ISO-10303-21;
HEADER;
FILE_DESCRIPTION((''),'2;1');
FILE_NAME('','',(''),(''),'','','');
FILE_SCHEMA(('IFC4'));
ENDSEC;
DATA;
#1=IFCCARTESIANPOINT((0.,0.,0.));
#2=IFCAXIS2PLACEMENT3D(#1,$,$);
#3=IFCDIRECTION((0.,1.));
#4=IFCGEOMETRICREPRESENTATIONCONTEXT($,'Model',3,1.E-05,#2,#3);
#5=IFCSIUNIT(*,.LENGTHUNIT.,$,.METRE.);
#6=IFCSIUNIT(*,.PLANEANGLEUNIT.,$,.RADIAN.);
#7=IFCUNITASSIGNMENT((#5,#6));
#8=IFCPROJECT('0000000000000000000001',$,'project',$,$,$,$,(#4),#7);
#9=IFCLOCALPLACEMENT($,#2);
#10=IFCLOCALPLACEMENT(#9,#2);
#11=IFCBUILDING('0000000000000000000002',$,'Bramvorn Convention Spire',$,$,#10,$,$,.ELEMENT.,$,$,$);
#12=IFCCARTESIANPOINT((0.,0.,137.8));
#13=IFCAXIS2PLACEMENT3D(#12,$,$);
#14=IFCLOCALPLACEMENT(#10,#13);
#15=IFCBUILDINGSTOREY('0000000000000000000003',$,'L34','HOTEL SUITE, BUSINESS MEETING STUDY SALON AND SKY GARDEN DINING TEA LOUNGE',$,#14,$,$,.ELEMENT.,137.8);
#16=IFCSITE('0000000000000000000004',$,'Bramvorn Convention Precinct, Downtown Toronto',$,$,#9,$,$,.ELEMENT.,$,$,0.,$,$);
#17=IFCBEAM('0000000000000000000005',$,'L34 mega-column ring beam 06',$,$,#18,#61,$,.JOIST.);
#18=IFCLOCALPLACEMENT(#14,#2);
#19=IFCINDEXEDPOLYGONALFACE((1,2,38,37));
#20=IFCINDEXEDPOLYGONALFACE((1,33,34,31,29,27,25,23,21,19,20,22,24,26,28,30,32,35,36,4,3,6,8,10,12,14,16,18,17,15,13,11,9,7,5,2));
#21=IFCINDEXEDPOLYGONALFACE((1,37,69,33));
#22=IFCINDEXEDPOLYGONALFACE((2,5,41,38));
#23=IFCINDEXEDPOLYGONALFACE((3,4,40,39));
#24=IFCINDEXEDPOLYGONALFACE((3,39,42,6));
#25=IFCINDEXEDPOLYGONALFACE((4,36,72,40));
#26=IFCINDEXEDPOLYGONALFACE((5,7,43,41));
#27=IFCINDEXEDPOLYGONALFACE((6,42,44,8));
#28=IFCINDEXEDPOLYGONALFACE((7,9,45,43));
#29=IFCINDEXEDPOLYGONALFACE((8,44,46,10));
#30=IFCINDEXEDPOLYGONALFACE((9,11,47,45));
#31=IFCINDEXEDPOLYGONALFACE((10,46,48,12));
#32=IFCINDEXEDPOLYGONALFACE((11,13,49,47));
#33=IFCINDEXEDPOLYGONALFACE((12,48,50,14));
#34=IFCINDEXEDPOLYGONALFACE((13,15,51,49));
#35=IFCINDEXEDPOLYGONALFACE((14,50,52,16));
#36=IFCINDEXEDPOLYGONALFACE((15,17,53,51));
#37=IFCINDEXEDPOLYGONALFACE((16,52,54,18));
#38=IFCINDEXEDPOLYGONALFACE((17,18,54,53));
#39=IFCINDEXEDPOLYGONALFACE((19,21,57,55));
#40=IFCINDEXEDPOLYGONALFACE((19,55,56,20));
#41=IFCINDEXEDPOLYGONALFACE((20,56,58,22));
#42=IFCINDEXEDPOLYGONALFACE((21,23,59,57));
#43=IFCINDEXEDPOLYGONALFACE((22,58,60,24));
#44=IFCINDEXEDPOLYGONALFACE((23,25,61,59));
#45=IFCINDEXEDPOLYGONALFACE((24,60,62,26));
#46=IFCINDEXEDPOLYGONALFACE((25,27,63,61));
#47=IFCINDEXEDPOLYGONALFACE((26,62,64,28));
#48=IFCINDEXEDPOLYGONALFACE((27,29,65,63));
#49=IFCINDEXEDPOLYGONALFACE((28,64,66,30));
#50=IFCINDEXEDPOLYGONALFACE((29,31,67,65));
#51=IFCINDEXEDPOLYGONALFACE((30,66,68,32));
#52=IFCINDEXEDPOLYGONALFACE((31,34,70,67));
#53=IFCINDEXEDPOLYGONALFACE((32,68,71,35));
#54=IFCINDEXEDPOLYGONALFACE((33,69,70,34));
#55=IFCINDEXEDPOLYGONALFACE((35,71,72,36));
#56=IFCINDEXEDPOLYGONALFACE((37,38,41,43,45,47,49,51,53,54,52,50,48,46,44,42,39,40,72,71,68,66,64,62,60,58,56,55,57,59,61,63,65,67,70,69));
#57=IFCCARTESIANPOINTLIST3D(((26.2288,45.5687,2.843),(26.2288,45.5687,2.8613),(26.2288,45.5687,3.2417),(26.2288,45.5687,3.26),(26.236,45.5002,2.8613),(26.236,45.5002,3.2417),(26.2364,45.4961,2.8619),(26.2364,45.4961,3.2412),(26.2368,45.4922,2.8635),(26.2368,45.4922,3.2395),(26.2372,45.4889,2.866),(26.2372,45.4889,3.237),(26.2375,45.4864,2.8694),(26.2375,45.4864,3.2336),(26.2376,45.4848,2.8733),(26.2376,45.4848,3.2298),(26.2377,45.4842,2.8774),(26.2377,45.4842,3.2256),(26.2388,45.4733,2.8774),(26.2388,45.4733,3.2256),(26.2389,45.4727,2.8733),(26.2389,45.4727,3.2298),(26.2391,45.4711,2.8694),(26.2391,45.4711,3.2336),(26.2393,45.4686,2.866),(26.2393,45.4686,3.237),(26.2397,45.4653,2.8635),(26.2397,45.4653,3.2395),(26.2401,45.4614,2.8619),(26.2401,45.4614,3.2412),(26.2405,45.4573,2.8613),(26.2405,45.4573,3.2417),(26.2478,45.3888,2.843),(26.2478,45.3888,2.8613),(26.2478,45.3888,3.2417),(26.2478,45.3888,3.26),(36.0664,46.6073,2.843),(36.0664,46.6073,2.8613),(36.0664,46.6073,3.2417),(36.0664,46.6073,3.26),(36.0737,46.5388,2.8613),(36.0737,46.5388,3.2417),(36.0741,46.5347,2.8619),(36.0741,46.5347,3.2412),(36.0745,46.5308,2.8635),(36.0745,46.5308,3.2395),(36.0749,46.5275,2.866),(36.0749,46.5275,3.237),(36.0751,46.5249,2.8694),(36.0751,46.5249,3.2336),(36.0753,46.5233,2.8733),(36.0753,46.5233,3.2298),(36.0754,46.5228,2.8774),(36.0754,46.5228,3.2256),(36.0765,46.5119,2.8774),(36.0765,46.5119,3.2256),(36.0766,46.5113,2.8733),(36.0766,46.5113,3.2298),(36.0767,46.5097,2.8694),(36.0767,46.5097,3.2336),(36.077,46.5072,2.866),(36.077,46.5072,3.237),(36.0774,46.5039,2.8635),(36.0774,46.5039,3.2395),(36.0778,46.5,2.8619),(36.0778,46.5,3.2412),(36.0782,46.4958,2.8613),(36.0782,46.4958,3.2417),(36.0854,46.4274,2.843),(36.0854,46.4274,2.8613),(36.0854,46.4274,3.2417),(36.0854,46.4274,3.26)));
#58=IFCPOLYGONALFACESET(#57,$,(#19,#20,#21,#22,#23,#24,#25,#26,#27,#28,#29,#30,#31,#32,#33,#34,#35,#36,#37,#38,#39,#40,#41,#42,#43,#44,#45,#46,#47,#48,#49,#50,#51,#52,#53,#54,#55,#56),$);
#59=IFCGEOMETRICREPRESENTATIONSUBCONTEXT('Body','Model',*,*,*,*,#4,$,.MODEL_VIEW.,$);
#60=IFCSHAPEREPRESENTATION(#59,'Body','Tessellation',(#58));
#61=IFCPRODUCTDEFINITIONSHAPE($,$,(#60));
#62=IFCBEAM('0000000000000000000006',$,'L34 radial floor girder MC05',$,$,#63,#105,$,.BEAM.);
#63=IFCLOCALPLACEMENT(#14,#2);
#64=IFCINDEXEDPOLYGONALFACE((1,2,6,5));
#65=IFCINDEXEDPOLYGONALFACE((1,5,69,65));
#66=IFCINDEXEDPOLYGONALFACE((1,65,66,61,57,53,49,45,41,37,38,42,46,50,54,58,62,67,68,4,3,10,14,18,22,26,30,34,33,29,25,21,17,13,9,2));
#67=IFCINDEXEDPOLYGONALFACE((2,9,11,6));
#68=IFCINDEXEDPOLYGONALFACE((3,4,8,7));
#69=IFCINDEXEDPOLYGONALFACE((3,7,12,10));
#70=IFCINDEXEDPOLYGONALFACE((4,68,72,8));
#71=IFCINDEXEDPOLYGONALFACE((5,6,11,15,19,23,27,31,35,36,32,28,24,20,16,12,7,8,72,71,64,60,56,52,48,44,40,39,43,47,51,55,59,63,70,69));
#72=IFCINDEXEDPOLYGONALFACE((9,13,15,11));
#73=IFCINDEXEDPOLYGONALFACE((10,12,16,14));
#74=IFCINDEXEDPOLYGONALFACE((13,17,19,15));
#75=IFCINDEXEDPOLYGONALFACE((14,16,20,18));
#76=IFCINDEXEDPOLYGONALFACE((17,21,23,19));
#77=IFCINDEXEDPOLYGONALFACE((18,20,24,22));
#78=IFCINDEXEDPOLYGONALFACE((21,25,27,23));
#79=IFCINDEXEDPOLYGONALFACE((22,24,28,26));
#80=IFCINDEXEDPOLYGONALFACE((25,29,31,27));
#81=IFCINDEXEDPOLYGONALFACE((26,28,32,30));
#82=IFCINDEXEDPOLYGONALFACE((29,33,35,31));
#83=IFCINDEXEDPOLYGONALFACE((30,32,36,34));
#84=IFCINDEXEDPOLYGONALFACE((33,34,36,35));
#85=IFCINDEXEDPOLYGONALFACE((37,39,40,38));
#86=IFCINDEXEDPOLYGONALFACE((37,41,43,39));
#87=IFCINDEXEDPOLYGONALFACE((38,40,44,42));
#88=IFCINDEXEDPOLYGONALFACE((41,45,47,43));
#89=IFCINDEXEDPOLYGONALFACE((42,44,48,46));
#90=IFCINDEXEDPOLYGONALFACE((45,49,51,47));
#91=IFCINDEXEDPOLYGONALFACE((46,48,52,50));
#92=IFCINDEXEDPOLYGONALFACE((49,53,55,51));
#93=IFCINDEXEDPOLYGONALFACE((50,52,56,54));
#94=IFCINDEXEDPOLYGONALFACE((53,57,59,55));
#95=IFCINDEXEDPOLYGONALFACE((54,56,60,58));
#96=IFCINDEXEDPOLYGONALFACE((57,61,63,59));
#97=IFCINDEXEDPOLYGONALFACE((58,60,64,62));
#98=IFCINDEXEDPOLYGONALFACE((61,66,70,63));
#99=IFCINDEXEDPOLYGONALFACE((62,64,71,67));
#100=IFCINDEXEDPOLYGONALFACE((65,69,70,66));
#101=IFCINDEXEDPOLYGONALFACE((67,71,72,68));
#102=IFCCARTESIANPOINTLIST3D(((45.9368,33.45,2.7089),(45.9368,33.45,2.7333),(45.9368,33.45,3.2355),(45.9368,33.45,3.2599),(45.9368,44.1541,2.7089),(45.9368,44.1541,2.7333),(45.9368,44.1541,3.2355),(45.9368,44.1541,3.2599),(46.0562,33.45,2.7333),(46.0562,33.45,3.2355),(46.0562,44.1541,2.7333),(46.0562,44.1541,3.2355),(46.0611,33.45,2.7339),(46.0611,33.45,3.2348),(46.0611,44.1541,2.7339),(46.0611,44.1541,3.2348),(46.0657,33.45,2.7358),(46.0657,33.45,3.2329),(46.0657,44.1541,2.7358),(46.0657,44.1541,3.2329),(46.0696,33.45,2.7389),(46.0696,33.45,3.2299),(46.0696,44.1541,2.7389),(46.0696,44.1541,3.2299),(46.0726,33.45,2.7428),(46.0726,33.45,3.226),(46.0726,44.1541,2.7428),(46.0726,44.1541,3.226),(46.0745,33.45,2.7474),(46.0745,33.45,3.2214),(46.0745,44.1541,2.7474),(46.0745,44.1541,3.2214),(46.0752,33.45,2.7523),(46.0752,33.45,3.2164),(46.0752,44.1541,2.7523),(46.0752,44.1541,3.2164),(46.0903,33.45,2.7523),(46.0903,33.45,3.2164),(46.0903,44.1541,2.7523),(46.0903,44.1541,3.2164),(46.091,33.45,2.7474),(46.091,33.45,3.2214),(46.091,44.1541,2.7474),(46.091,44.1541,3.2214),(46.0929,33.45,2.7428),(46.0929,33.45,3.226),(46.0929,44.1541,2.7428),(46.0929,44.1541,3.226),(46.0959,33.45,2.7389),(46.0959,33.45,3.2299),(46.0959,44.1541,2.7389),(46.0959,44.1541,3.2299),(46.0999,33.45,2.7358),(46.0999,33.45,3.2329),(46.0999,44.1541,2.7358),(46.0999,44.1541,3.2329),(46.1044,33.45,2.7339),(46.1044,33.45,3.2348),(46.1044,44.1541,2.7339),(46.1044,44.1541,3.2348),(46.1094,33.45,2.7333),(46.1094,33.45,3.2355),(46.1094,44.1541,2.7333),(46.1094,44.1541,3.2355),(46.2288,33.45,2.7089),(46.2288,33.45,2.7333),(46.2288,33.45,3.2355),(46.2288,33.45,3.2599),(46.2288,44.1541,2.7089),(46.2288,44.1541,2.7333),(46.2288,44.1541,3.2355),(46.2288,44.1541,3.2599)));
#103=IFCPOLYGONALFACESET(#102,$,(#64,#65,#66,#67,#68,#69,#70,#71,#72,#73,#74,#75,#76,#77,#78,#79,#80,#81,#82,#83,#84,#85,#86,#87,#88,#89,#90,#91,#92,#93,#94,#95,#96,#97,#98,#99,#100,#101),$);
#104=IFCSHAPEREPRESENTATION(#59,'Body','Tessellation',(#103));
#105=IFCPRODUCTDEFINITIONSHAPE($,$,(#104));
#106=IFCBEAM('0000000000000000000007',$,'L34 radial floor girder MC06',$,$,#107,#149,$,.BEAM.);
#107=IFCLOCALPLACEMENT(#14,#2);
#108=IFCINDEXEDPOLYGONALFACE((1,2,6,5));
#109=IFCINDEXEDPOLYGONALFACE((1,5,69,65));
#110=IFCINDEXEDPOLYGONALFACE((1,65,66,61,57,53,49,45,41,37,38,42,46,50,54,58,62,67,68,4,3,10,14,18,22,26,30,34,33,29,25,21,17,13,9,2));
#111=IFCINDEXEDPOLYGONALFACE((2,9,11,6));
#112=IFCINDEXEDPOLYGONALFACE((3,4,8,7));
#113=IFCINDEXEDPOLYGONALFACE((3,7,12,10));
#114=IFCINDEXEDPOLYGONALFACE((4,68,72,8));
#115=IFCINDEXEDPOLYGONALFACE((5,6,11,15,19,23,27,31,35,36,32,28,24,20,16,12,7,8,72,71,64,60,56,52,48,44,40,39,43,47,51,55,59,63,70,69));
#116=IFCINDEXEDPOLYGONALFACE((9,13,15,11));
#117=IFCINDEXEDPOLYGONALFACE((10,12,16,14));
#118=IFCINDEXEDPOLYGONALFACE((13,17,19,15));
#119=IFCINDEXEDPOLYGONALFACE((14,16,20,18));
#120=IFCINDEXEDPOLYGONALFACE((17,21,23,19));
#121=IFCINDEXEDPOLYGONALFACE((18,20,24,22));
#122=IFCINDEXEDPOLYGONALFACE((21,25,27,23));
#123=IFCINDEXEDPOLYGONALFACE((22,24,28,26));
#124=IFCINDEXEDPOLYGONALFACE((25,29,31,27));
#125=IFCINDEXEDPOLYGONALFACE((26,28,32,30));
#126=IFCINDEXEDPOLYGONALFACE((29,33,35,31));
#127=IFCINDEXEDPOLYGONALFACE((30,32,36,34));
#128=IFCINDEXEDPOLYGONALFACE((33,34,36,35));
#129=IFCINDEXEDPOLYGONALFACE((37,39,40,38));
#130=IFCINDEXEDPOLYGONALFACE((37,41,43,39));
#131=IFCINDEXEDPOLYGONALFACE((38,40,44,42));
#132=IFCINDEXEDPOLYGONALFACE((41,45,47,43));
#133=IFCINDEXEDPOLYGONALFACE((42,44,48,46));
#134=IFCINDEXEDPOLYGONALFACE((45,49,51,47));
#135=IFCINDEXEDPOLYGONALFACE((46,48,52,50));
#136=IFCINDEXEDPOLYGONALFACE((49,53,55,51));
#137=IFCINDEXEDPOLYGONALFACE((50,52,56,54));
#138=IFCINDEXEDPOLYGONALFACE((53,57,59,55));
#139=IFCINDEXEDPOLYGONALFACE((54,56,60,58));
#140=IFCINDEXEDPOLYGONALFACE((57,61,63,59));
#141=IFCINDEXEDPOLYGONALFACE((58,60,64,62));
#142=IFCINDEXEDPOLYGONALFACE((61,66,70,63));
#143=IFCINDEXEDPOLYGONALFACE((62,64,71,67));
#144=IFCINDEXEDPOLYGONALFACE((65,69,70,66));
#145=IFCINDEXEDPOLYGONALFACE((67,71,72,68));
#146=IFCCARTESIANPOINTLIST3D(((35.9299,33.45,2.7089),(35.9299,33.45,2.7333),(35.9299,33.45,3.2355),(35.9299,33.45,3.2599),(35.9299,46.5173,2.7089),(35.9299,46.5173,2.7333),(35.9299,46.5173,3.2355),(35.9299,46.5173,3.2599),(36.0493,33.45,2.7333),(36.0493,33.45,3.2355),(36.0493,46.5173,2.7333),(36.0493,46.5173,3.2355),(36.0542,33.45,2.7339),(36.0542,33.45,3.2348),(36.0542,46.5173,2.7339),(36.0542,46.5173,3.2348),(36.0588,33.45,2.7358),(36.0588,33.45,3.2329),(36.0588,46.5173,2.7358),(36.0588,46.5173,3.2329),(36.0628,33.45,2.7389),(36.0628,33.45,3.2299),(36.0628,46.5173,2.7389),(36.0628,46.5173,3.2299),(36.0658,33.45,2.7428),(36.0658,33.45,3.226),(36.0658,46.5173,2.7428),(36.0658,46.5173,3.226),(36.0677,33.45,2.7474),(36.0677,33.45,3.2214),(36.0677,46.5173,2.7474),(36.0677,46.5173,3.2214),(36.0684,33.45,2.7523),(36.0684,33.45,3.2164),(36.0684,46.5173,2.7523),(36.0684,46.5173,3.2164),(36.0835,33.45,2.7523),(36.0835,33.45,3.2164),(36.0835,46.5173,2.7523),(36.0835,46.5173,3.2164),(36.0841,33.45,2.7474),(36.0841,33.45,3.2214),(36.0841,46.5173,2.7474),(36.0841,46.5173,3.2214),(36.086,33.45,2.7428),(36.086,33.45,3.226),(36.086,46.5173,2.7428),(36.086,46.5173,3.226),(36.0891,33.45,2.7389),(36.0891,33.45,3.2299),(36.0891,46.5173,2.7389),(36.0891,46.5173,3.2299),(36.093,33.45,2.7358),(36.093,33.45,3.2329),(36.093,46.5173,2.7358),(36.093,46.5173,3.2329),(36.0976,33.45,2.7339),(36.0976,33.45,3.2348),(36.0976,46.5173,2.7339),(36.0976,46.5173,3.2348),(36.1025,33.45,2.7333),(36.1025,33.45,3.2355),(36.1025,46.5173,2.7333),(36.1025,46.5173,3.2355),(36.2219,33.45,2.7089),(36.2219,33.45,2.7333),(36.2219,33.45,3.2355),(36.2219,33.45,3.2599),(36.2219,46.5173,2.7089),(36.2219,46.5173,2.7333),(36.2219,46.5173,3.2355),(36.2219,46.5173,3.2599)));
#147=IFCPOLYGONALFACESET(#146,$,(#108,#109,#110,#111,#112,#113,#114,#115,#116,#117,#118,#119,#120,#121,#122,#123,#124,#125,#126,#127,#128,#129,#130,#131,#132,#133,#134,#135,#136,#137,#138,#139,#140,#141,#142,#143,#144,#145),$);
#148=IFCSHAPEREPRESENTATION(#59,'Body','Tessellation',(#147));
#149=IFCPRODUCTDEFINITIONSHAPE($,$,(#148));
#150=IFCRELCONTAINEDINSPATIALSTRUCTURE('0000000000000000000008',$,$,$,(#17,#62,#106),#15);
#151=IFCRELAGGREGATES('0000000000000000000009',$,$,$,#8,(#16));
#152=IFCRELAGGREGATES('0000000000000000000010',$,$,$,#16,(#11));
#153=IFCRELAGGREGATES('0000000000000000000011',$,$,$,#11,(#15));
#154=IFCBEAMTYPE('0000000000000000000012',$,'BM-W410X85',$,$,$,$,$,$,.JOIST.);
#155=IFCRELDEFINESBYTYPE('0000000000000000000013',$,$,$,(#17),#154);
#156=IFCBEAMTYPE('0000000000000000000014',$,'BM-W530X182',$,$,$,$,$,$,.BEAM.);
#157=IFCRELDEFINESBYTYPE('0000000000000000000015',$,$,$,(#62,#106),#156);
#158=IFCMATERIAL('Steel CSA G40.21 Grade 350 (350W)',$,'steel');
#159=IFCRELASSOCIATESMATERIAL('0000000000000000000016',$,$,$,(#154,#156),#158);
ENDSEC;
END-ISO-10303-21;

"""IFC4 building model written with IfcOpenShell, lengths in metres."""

from ifc_helpers import new_model, si_unit, direction, frame, origin, origin_2d, place, context, subcontext, project, spatial, i_section, extrude, material, material_profile, profile_set, type_object, element, save


model = new_model("IFC4")

# Units and contexts
model_context = context("Model", 3, precision=1e-05, world=origin(), true_north=direction((0.0, 1.0)))
body_context = subcontext(model_context, "Body", "Model", "MODEL_VIEW")
ifc_project = project(units=[si_unit("LENGTHUNIT", "METRE"), si_unit("PLANEANGLEUNIT", "RADIAN")], contexts=[model_context])

# Site, building, storey
site_placement = place(None, origin())
site = spatial("IfcSite", under=ifc_project, at=site_placement, Name="Bramvorn Convention Precinct, Downtown Toronto", CompositionType="ELEMENT", RefElevation=0.0)
building_placement = place(site_placement, origin())
building = spatial("IfcBuilding", under=site, at=building_placement, Name="Bramvorn Convention Spire", CompositionType="ELEMENT")
storey_placement = place(building_placement, frame((0.0, 0.0, 137.8)))
storey = spatial("IfcBuildingStorey", under=building, at=storey_placement, Name="L34", Description="HOTEL SUITE, BUSINESS MEETING STUDY SALON AND SKY GARDEN DINING TEA LOUNGE", CompositionType="ELEMENT", Elevation=137.8)

# Shared definitions
ifc_material_1 = material(Name="Steel CSA G40.21 Grade 350 (350W)", Category="steel")

# Beams
ifc_material_profile_1 = material_profile(ifc_material_1, i_section(OverallWidth=0.1809, OverallDepth=0.417, WebThickness=0.011, FlangeThickness=0.0183, FilletRadius=0.0161, at=origin_2d()))
ifc_profile_set_1 = profile_set([ifc_material_profile_1], Name="Steel CSA G40.21 Grade 350 (350W) - W410X85")
beam_type_1 = type_object("IfcBeamType", Name="BM-W410X85", PredefinedType="JOIST", material=ifc_profile_set_1)
beam_1_placement = place(storey_placement, frame((36.0759, 46.5173, 3.0515), z_axis=(-0.994473, -0.104988, 0.0), x_axis=(0.104988, -0.994473, 0.0)))
element("IfcBeam", 1, at=beam_1_placement, inside=storey, type_object=beam_type_1, Name="L34 mega-column ring beam 06", PredefinedType="JOIST", context=body_context, shape_type="SweptSolid", body=[
    extrude(i_section(OverallWidth=0.1809, OverallDepth=0.417, WebThickness=0.011, FlangeThickness=0.0183, FilletRadius=0.0161, at=origin_2d()), origin(), (0.0, 0.0, 1.0), 9.8923),
])
ifc_material_profile_2 = material_profile(ifc_material_1, i_section(OverallWidth=0.292, OverallDepth=0.551, WebThickness=0.0151, FlangeThickness=0.0244, FilletRadius=0.019, at=origin_2d()))
ifc_profile_set_2 = profile_set([ifc_material_profile_2], Name="Steel CSA G40.21 Grade 350 (350W) - W530X182")
beam_type_2 = type_object("IfcBeamType", Name="BM-W530X182", PredefinedType="BEAM", material=ifc_profile_set_2)
beam_2_placement = place(storey_placement, frame((46.0828, 33.45, 2.9844), z_axis=(0.0, 1.0, 0.0), x_axis=(-1.0, 0.0, 0.0)))
element("IfcBeam", 2, at=beam_2_placement, inside=storey, type_object=beam_type_2, Name="L34 radial floor girder MC05", PredefinedType="BEAM", context=body_context, shape_type="SweptSolid", body=[
    extrude(i_section(OverallWidth=0.292, OverallDepth=0.551, WebThickness=0.0151, FlangeThickness=0.0244, FilletRadius=0.019, at=origin_2d()), origin(), (0.0, 0.0, 1.0), 10.7041),
])
beam_3_placement = place(storey_placement, frame((36.0759, 33.45, 2.9844), z_axis=(0.0, 1.0, 0.0), x_axis=(-1.0, 0.0, 0.0)))
element("IfcBeam", 3, at=beam_3_placement, inside=storey, type_object=beam_type_2, Name="L34 radial floor girder MC06", PredefinedType="BEAM", context=body_context, shape_type="SweptSolid", body=[
    extrude(i_section(OverallWidth=0.292, OverallDepth=0.551, WebThickness=0.0151, FlangeThickness=0.0244, FilletRadius=0.019, at=origin_2d()), origin(), (0.0, 0.0, 1.0), 13.0674),
])

save(model, "model.ifc")
